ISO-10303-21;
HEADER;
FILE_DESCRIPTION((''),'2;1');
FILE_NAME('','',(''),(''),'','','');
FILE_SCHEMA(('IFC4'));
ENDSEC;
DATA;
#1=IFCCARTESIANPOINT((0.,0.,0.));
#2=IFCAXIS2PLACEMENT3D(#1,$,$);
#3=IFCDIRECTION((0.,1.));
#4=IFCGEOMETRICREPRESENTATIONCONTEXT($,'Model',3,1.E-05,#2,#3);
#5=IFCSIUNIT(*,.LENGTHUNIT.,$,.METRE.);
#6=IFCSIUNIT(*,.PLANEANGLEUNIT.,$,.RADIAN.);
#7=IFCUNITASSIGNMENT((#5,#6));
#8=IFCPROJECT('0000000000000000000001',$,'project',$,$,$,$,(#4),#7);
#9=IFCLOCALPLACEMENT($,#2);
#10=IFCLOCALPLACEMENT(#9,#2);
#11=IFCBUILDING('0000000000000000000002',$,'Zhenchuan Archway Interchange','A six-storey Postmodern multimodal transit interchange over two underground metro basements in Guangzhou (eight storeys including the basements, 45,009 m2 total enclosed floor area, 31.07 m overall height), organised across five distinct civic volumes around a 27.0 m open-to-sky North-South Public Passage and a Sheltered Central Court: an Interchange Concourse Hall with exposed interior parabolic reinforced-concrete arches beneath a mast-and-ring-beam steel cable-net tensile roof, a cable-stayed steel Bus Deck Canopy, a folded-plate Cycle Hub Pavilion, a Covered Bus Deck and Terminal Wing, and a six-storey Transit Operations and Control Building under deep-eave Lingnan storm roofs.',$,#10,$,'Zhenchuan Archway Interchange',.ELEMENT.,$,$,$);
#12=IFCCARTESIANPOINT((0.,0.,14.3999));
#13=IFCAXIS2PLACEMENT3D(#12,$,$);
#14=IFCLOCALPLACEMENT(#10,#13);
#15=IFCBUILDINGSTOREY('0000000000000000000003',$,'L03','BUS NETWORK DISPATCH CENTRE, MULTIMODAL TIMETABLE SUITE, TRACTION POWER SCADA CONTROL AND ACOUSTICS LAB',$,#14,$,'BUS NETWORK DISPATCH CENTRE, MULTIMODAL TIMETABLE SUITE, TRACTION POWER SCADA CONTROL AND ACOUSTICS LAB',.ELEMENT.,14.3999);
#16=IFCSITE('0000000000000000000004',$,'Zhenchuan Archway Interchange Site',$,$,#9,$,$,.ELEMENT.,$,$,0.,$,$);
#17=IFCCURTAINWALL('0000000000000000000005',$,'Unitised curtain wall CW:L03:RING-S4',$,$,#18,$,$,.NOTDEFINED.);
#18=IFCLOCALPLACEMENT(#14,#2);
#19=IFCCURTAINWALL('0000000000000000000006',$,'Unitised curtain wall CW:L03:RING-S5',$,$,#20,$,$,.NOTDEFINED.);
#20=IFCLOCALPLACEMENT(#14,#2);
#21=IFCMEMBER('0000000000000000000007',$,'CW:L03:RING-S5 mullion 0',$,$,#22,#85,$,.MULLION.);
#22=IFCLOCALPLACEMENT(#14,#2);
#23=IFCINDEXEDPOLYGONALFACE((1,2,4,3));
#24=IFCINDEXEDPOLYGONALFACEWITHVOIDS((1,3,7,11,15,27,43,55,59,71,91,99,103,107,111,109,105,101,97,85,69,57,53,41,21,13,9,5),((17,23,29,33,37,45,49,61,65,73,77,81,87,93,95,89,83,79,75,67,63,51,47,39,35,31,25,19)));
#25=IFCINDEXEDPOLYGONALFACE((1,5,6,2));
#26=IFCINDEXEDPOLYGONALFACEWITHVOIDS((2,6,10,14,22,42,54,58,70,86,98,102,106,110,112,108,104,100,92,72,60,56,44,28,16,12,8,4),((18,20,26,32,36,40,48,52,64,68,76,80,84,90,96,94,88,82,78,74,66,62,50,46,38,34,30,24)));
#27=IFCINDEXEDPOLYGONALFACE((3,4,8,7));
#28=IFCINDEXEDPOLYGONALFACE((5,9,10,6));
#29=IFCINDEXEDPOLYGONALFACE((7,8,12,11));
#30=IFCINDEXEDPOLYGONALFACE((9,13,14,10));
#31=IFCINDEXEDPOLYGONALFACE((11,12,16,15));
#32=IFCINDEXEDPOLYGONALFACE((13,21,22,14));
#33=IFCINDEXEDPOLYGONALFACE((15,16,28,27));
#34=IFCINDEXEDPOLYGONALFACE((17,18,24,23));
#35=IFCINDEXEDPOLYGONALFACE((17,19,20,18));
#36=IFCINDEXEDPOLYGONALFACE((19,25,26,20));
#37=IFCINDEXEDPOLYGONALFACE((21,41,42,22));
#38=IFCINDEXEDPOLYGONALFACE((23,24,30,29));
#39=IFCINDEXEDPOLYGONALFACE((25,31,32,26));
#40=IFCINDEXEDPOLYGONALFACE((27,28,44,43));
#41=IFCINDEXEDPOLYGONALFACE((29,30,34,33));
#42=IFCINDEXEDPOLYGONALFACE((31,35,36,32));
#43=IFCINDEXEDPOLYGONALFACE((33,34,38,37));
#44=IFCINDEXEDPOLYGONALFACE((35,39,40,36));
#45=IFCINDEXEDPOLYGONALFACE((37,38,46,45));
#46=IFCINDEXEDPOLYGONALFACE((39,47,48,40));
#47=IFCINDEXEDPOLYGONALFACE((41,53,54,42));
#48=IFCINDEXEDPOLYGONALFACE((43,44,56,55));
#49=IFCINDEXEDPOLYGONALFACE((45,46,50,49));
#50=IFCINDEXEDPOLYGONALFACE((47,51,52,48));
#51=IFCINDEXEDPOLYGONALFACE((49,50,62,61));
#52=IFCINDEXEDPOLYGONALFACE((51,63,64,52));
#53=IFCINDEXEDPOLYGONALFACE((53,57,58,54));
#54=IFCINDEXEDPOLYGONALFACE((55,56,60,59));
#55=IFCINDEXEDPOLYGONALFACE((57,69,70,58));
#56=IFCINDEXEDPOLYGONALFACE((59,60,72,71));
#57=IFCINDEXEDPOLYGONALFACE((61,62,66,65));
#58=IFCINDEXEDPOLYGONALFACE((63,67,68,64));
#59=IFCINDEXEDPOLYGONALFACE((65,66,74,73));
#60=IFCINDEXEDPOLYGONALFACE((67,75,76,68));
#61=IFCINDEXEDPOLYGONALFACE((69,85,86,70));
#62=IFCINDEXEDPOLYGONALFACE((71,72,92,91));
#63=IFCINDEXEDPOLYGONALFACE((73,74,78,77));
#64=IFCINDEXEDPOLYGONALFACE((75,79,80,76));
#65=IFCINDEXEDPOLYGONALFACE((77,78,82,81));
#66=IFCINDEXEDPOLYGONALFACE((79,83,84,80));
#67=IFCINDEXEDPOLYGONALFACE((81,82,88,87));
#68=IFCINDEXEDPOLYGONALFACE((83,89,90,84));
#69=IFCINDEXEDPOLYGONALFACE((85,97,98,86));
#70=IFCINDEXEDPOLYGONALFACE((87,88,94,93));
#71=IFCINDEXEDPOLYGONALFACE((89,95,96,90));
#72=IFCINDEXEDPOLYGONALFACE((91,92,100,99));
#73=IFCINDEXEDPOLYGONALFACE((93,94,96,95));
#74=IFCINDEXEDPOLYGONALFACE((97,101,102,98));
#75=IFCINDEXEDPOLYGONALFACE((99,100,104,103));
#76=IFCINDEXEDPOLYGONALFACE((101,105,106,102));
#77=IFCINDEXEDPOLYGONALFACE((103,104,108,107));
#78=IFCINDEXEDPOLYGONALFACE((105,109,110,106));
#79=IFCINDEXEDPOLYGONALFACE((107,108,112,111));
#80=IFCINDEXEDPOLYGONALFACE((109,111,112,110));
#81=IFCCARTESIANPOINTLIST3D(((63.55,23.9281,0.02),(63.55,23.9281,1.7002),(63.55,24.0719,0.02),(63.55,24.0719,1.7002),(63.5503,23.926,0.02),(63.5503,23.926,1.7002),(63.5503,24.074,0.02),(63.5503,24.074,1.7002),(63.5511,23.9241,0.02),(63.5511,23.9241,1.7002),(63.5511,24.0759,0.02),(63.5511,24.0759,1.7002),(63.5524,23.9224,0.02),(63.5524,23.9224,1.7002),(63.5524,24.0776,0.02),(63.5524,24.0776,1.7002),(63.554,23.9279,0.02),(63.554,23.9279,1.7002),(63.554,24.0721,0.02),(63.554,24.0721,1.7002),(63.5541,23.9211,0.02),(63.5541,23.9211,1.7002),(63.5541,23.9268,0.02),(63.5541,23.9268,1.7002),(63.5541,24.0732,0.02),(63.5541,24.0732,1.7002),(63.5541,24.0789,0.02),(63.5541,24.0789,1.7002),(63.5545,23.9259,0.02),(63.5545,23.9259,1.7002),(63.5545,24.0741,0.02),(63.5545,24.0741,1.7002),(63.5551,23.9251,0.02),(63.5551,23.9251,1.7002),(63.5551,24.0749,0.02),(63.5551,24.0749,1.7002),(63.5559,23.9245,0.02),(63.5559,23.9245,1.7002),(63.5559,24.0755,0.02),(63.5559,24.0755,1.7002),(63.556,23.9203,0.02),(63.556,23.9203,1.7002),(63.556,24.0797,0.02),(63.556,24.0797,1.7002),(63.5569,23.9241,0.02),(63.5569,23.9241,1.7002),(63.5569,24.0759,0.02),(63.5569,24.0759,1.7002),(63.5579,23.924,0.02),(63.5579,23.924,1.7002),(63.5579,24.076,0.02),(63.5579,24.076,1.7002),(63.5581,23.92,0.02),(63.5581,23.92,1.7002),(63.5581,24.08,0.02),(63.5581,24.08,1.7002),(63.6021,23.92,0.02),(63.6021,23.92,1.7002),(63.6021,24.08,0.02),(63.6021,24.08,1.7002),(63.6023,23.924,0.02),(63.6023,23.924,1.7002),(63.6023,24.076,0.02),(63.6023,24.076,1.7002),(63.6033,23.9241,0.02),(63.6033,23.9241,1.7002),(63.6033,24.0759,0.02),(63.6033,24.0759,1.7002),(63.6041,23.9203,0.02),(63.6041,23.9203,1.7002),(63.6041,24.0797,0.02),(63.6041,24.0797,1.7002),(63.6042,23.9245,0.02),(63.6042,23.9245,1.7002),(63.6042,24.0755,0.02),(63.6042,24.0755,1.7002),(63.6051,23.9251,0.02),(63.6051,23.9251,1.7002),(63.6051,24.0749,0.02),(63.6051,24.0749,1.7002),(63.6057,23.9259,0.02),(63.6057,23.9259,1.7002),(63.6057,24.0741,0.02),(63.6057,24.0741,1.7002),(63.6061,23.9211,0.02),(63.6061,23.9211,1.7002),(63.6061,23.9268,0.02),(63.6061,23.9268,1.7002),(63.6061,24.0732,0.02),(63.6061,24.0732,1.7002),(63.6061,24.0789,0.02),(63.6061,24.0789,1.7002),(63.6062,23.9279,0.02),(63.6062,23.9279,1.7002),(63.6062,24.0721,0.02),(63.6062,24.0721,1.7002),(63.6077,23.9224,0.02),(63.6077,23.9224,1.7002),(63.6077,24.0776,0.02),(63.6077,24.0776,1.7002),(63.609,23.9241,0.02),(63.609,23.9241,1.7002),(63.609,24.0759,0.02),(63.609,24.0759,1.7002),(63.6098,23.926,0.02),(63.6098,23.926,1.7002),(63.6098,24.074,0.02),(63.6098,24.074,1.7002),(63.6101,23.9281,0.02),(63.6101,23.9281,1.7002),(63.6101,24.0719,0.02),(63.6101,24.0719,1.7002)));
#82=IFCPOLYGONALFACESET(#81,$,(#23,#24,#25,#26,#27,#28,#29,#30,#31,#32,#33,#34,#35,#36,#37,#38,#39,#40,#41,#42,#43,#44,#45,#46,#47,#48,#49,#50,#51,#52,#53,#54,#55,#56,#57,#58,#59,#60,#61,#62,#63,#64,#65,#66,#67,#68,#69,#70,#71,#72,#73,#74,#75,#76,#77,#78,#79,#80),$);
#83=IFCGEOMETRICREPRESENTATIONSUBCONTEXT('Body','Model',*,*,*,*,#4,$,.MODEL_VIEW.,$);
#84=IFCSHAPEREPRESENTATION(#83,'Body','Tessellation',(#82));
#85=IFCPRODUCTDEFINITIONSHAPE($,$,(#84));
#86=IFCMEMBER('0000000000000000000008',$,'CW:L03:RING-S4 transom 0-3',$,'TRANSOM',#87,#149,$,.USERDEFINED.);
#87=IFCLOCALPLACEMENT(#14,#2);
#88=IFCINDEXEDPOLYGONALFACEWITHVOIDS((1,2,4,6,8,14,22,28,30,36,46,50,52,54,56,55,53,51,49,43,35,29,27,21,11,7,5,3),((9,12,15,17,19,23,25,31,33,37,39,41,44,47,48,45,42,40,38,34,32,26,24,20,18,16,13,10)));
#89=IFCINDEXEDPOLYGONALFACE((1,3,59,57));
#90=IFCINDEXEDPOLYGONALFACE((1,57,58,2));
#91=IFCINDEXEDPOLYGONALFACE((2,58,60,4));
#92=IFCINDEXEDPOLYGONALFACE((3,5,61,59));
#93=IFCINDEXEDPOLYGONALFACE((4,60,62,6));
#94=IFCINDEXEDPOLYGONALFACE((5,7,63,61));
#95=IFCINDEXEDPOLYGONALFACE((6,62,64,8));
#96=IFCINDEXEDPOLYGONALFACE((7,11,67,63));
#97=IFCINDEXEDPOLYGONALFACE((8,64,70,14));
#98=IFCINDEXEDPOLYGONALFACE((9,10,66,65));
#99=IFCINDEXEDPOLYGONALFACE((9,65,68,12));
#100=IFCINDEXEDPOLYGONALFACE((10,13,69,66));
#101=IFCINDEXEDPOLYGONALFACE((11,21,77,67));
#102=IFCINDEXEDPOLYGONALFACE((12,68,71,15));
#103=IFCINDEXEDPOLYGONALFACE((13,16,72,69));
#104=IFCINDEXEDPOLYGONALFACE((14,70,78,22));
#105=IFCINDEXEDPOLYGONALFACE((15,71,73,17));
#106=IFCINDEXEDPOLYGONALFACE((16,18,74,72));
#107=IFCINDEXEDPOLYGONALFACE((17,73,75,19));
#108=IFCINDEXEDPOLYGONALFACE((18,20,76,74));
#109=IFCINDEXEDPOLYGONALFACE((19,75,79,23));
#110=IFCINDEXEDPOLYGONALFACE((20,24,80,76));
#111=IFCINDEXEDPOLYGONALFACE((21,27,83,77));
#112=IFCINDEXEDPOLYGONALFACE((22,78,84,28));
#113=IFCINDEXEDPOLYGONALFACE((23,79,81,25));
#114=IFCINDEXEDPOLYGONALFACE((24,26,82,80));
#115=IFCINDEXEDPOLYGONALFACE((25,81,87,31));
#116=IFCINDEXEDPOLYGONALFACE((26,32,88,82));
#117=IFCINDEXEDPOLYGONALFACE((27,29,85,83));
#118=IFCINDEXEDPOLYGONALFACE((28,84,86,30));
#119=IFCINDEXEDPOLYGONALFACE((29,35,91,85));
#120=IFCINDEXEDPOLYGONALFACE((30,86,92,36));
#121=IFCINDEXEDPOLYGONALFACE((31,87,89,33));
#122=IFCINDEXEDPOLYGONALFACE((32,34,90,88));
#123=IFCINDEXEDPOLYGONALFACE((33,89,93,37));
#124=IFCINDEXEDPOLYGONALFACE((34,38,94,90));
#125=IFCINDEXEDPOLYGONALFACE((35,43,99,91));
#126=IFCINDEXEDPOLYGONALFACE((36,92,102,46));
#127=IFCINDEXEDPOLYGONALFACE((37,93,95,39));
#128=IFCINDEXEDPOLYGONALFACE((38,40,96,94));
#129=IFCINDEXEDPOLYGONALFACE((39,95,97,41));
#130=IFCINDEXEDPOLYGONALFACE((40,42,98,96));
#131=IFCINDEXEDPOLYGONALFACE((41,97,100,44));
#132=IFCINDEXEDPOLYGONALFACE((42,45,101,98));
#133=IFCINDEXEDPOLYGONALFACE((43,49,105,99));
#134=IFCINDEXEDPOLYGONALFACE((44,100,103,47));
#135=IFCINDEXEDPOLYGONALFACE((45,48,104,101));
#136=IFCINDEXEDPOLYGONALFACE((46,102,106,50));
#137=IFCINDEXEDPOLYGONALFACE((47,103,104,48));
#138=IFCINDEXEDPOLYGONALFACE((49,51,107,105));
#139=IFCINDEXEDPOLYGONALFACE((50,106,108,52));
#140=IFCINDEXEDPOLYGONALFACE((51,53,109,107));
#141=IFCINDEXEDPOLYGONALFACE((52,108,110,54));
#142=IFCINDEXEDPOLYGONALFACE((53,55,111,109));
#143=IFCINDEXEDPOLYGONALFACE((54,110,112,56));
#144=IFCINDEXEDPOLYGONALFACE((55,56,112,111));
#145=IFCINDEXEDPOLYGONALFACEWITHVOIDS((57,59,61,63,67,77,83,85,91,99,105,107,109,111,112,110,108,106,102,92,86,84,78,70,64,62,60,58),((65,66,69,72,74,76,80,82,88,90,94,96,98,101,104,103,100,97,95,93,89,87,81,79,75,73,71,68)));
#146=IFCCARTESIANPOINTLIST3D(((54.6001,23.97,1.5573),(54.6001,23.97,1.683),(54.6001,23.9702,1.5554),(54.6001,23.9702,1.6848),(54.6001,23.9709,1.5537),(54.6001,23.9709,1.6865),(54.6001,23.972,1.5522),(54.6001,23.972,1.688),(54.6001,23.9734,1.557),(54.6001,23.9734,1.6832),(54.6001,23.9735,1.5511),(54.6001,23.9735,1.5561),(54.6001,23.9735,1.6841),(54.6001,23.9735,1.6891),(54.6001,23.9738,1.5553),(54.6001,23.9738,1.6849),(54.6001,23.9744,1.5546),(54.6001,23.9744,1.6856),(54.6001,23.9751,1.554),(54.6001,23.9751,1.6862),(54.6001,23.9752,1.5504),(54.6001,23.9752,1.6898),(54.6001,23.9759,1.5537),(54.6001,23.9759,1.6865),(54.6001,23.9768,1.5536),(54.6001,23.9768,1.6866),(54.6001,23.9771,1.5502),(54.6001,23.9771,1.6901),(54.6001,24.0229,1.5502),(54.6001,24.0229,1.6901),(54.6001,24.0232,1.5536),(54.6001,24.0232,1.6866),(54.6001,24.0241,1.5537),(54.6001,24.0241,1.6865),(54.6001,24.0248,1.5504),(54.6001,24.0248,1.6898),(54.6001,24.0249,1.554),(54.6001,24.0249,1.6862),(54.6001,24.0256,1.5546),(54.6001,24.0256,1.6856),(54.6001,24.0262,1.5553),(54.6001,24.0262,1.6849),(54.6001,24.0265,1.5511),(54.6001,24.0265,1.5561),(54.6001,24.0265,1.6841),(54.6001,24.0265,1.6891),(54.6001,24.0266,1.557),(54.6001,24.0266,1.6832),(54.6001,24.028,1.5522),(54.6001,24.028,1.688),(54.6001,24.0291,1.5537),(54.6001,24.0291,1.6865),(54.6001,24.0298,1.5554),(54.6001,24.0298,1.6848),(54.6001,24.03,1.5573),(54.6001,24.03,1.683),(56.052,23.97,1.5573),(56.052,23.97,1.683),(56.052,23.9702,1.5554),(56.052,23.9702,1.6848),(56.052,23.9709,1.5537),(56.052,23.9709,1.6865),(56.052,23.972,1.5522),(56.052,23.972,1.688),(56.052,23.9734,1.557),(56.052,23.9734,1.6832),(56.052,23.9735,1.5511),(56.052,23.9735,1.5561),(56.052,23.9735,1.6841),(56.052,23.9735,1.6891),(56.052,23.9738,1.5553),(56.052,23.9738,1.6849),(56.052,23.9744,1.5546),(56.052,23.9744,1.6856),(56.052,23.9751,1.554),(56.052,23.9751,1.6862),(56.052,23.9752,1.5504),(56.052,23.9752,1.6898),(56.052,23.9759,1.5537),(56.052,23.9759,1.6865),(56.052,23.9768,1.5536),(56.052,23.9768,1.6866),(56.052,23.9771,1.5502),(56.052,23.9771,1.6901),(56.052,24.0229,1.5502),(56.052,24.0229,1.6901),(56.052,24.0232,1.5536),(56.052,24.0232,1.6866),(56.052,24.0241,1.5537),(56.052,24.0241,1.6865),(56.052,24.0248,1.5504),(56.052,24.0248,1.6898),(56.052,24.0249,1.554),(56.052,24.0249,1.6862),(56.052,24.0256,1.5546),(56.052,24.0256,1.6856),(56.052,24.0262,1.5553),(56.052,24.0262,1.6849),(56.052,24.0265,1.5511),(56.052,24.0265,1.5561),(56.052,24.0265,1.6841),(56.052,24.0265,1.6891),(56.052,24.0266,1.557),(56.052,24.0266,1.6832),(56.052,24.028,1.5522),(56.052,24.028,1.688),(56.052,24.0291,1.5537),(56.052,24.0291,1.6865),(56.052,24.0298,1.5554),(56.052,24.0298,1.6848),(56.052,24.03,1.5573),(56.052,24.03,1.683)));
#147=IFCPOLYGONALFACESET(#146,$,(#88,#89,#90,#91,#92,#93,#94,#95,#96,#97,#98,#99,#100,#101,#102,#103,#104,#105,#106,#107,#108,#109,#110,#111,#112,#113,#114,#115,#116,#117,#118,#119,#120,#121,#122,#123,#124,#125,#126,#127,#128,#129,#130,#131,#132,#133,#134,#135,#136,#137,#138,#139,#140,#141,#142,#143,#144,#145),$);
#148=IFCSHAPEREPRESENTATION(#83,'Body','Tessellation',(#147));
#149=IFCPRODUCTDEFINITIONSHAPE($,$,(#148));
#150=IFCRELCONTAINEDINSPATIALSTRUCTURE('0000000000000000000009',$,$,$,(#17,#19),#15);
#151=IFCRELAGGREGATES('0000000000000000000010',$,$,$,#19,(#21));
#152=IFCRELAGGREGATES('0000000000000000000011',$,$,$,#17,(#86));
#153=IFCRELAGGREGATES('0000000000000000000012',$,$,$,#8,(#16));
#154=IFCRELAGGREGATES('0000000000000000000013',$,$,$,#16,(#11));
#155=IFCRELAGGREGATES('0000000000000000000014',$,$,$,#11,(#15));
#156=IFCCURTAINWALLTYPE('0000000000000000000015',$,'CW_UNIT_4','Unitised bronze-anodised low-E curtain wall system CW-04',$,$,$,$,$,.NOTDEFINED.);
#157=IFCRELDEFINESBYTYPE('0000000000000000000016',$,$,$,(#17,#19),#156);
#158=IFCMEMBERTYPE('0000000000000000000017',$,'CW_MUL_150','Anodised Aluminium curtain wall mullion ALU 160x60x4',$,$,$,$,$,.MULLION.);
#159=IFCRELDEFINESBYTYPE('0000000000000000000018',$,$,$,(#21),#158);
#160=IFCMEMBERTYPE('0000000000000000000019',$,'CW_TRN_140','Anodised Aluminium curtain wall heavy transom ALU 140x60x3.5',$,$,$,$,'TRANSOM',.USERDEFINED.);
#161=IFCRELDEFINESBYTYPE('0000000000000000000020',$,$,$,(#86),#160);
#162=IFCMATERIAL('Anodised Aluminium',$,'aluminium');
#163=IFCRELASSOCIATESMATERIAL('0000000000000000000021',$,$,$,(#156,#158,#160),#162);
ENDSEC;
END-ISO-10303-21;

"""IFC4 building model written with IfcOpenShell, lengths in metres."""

from ifc_helpers import new_model, si_unit, direction, frame, origin, origin_2d, place, context, subcontext, project, spatial, hollow_rectangle, extrude, material, material_profile, profile_set, type_object, element, aggregate, save


model = new_model("IFC4")

# Units and contexts
model_context = context("Model", 3, precision=1e-05, world=origin(), true_north=direction((0.0, 1.0)))
body_context = subcontext(model_context, "Body", "Model", "MODEL_VIEW")
ifc_project = project(units=[si_unit("LENGTHUNIT", "METRE"), si_unit("PLANEANGLEUNIT", "RADIAN")], contexts=[model_context])

# Site, building, storey
site_placement = place(None, origin())
site = spatial("IfcSite", under=ifc_project, at=site_placement, Name="Zhenchuan Archway Interchange Site", CompositionType="ELEMENT", RefElevation=0.0)
building_placement = place(site_placement, origin())
building = spatial("IfcBuilding", under=site, at=building_placement, Name="Zhenchuan Archway Interchange", Description="A six-storey Postmodern multimodal transit interchange over two underground metro basements in Guangzhou (eight storeys including the basements, 45,009 m2 total enclosed floor area, 31.07 m overall height), organised across five distinct civic volumes around a 27.0 m open-to-sky North-South Public Passage and a Sheltered Central Court: an Interchange Concourse Hall with exposed interior parabolic reinforced-concrete arches beneath a mast-and-ring-beam steel cable-net tensile roof, a cable-stayed steel Bus Deck Canopy, a folded-plate Cycle Hub Pavilion, a Covered Bus Deck and Terminal Wing, and a six-storey Transit Operations and Control Building under deep-eave Lingnan storm roofs.", LongName="Zhenchuan Archway Interchange", CompositionType="ELEMENT")
storey_placement = place(building_placement, frame((0.0, 0.0, 14.3999)))
storey = spatial("IfcBuildingStorey", under=building, at=storey_placement, Name="L03", Description="BUS NETWORK DISPATCH CENTRE, MULTIMODAL TIMETABLE SUITE, TRACTION POWER SCADA CONTROL AND ACOUSTICS LAB", LongName="BUS NETWORK DISPATCH CENTRE, MULTIMODAL TIMETABLE SUITE, TRACTION POWER SCADA CONTROL AND ACOUSTICS LAB", CompositionType="ELEMENT", Elevation=14.3999)

# Curtain wall
ifc_material_1 = material(Name="Anodised Aluminium", Category="aluminium")
curtain_wall_type = type_object("IfcCurtainWallType", Name="CW_UNIT_4", Description="Unitised bronze-anodised low-E curtain wall system CW-04", PredefinedType="NOTDEFINED", material=ifc_material_1)
curtain_wall_1_placement = place(storey_placement, origin())
curtain_wall_1 = element("IfcCurtainWall", 1, at=curtain_wall_1_placement, inside=storey, type_object=curtain_wall_type, Name="Unitised curtain wall CW:L03:RING-S4", PredefinedType="NOTDEFINED")
ifc_material_profile_1 = material_profile(ifc_material_1, hollow_rectangle(XDim=0.0601, YDim=0.1599, WallThickness=0.0039, InnerFilletRadius=0.0039, OuterFilletRadius=0.0081, at=origin_2d()), Name="ALU 160x60x4")
ifc_profile_set_1 = profile_set([ifc_material_profile_1], Name="Anodised Aluminium")
member_type_1 = type_object("IfcMemberType", Name="CW_MUL_150", Description="Anodised Aluminium curtain wall mullion ALU 160x60x4", PredefinedType="MULLION", material=ifc_profile_set_1)

# Curtain wall, member
curtain_wall_2_placement = place(storey_placement, origin())
curtain_wall_2 = element("IfcCurtainWall", 2, at=curtain_wall_2_placement, inside=storey, type_object=curtain_wall_type, Name="Unitised curtain wall CW:L03:RING-S5", PredefinedType="NOTDEFINED")
member_1_placement = place(storey_placement, frame((63.5801, 24.0, 0.02), z_axis=(0.0, 0.0, 1.0), x_axis=(1.0, 0.0, 0.0)))
member_1 = element("IfcMember", 3, at=member_1_placement, type_object=member_type_1, Name="CW:L03:RING-S5 mullion 0", PredefinedType="MULLION", context=body_context, shape_type="SweptSolid", body=[
    extrude(hollow_rectangle(XDim=0.0601, YDim=0.1599, WallThickness=0.0039, InnerFilletRadius=0.0039, OuterFilletRadius=0.0081, at=origin_2d()), origin(), (0.0, 0.0, 1.0), 1.6802),
])

# Member
ifc_material_profile_2 = material_profile(ifc_material_1, hollow_rectangle(XDim=0.0601, YDim=0.1399, WallThickness=0.0034, InnerFilletRadius=0.0034, OuterFilletRadius=0.0071, at=origin_2d()), Name="ALU 140x60x3.5")
ifc_profile_set_2 = profile_set([ifc_material_profile_2], Name="Anodised Aluminium")
member_type_2 = type_object("IfcMemberType", Name="CW_TRN_140", Description="Anodised Aluminium curtain wall heavy transom ALU 140x60x3.5", ElementType="TRANSOM", PredefinedType="USERDEFINED", material=ifc_profile_set_2)
member_2_placement = place(storey_placement, frame((54.6001, 24.0, 1.6201), z_axis=(1.0, 0.0, 0.0), x_axis=(0.0, 1.0, 0.0)))
member_2 = element("IfcMember", 4, at=member_2_placement, type_object=member_type_2, Name="CW:L03:RING-S4 transom 0-3", ObjectType="TRANSOM", PredefinedType="USERDEFINED", context=body_context, shape_type="SweptSolid", body=[
    extrude(hollow_rectangle(XDim=0.0601, YDim=0.1399, WallThickness=0.0034, InnerFilletRadius=0.0034, OuterFilletRadius=0.0071, at=origin_2d()), origin(), (0.0, 0.0, 1.0), 1.4519),
])
aggregate(curtain_wall_2, [member_1])

aggregate(curtain_wall_1, [member_2])

save(model, "model.ifc")
